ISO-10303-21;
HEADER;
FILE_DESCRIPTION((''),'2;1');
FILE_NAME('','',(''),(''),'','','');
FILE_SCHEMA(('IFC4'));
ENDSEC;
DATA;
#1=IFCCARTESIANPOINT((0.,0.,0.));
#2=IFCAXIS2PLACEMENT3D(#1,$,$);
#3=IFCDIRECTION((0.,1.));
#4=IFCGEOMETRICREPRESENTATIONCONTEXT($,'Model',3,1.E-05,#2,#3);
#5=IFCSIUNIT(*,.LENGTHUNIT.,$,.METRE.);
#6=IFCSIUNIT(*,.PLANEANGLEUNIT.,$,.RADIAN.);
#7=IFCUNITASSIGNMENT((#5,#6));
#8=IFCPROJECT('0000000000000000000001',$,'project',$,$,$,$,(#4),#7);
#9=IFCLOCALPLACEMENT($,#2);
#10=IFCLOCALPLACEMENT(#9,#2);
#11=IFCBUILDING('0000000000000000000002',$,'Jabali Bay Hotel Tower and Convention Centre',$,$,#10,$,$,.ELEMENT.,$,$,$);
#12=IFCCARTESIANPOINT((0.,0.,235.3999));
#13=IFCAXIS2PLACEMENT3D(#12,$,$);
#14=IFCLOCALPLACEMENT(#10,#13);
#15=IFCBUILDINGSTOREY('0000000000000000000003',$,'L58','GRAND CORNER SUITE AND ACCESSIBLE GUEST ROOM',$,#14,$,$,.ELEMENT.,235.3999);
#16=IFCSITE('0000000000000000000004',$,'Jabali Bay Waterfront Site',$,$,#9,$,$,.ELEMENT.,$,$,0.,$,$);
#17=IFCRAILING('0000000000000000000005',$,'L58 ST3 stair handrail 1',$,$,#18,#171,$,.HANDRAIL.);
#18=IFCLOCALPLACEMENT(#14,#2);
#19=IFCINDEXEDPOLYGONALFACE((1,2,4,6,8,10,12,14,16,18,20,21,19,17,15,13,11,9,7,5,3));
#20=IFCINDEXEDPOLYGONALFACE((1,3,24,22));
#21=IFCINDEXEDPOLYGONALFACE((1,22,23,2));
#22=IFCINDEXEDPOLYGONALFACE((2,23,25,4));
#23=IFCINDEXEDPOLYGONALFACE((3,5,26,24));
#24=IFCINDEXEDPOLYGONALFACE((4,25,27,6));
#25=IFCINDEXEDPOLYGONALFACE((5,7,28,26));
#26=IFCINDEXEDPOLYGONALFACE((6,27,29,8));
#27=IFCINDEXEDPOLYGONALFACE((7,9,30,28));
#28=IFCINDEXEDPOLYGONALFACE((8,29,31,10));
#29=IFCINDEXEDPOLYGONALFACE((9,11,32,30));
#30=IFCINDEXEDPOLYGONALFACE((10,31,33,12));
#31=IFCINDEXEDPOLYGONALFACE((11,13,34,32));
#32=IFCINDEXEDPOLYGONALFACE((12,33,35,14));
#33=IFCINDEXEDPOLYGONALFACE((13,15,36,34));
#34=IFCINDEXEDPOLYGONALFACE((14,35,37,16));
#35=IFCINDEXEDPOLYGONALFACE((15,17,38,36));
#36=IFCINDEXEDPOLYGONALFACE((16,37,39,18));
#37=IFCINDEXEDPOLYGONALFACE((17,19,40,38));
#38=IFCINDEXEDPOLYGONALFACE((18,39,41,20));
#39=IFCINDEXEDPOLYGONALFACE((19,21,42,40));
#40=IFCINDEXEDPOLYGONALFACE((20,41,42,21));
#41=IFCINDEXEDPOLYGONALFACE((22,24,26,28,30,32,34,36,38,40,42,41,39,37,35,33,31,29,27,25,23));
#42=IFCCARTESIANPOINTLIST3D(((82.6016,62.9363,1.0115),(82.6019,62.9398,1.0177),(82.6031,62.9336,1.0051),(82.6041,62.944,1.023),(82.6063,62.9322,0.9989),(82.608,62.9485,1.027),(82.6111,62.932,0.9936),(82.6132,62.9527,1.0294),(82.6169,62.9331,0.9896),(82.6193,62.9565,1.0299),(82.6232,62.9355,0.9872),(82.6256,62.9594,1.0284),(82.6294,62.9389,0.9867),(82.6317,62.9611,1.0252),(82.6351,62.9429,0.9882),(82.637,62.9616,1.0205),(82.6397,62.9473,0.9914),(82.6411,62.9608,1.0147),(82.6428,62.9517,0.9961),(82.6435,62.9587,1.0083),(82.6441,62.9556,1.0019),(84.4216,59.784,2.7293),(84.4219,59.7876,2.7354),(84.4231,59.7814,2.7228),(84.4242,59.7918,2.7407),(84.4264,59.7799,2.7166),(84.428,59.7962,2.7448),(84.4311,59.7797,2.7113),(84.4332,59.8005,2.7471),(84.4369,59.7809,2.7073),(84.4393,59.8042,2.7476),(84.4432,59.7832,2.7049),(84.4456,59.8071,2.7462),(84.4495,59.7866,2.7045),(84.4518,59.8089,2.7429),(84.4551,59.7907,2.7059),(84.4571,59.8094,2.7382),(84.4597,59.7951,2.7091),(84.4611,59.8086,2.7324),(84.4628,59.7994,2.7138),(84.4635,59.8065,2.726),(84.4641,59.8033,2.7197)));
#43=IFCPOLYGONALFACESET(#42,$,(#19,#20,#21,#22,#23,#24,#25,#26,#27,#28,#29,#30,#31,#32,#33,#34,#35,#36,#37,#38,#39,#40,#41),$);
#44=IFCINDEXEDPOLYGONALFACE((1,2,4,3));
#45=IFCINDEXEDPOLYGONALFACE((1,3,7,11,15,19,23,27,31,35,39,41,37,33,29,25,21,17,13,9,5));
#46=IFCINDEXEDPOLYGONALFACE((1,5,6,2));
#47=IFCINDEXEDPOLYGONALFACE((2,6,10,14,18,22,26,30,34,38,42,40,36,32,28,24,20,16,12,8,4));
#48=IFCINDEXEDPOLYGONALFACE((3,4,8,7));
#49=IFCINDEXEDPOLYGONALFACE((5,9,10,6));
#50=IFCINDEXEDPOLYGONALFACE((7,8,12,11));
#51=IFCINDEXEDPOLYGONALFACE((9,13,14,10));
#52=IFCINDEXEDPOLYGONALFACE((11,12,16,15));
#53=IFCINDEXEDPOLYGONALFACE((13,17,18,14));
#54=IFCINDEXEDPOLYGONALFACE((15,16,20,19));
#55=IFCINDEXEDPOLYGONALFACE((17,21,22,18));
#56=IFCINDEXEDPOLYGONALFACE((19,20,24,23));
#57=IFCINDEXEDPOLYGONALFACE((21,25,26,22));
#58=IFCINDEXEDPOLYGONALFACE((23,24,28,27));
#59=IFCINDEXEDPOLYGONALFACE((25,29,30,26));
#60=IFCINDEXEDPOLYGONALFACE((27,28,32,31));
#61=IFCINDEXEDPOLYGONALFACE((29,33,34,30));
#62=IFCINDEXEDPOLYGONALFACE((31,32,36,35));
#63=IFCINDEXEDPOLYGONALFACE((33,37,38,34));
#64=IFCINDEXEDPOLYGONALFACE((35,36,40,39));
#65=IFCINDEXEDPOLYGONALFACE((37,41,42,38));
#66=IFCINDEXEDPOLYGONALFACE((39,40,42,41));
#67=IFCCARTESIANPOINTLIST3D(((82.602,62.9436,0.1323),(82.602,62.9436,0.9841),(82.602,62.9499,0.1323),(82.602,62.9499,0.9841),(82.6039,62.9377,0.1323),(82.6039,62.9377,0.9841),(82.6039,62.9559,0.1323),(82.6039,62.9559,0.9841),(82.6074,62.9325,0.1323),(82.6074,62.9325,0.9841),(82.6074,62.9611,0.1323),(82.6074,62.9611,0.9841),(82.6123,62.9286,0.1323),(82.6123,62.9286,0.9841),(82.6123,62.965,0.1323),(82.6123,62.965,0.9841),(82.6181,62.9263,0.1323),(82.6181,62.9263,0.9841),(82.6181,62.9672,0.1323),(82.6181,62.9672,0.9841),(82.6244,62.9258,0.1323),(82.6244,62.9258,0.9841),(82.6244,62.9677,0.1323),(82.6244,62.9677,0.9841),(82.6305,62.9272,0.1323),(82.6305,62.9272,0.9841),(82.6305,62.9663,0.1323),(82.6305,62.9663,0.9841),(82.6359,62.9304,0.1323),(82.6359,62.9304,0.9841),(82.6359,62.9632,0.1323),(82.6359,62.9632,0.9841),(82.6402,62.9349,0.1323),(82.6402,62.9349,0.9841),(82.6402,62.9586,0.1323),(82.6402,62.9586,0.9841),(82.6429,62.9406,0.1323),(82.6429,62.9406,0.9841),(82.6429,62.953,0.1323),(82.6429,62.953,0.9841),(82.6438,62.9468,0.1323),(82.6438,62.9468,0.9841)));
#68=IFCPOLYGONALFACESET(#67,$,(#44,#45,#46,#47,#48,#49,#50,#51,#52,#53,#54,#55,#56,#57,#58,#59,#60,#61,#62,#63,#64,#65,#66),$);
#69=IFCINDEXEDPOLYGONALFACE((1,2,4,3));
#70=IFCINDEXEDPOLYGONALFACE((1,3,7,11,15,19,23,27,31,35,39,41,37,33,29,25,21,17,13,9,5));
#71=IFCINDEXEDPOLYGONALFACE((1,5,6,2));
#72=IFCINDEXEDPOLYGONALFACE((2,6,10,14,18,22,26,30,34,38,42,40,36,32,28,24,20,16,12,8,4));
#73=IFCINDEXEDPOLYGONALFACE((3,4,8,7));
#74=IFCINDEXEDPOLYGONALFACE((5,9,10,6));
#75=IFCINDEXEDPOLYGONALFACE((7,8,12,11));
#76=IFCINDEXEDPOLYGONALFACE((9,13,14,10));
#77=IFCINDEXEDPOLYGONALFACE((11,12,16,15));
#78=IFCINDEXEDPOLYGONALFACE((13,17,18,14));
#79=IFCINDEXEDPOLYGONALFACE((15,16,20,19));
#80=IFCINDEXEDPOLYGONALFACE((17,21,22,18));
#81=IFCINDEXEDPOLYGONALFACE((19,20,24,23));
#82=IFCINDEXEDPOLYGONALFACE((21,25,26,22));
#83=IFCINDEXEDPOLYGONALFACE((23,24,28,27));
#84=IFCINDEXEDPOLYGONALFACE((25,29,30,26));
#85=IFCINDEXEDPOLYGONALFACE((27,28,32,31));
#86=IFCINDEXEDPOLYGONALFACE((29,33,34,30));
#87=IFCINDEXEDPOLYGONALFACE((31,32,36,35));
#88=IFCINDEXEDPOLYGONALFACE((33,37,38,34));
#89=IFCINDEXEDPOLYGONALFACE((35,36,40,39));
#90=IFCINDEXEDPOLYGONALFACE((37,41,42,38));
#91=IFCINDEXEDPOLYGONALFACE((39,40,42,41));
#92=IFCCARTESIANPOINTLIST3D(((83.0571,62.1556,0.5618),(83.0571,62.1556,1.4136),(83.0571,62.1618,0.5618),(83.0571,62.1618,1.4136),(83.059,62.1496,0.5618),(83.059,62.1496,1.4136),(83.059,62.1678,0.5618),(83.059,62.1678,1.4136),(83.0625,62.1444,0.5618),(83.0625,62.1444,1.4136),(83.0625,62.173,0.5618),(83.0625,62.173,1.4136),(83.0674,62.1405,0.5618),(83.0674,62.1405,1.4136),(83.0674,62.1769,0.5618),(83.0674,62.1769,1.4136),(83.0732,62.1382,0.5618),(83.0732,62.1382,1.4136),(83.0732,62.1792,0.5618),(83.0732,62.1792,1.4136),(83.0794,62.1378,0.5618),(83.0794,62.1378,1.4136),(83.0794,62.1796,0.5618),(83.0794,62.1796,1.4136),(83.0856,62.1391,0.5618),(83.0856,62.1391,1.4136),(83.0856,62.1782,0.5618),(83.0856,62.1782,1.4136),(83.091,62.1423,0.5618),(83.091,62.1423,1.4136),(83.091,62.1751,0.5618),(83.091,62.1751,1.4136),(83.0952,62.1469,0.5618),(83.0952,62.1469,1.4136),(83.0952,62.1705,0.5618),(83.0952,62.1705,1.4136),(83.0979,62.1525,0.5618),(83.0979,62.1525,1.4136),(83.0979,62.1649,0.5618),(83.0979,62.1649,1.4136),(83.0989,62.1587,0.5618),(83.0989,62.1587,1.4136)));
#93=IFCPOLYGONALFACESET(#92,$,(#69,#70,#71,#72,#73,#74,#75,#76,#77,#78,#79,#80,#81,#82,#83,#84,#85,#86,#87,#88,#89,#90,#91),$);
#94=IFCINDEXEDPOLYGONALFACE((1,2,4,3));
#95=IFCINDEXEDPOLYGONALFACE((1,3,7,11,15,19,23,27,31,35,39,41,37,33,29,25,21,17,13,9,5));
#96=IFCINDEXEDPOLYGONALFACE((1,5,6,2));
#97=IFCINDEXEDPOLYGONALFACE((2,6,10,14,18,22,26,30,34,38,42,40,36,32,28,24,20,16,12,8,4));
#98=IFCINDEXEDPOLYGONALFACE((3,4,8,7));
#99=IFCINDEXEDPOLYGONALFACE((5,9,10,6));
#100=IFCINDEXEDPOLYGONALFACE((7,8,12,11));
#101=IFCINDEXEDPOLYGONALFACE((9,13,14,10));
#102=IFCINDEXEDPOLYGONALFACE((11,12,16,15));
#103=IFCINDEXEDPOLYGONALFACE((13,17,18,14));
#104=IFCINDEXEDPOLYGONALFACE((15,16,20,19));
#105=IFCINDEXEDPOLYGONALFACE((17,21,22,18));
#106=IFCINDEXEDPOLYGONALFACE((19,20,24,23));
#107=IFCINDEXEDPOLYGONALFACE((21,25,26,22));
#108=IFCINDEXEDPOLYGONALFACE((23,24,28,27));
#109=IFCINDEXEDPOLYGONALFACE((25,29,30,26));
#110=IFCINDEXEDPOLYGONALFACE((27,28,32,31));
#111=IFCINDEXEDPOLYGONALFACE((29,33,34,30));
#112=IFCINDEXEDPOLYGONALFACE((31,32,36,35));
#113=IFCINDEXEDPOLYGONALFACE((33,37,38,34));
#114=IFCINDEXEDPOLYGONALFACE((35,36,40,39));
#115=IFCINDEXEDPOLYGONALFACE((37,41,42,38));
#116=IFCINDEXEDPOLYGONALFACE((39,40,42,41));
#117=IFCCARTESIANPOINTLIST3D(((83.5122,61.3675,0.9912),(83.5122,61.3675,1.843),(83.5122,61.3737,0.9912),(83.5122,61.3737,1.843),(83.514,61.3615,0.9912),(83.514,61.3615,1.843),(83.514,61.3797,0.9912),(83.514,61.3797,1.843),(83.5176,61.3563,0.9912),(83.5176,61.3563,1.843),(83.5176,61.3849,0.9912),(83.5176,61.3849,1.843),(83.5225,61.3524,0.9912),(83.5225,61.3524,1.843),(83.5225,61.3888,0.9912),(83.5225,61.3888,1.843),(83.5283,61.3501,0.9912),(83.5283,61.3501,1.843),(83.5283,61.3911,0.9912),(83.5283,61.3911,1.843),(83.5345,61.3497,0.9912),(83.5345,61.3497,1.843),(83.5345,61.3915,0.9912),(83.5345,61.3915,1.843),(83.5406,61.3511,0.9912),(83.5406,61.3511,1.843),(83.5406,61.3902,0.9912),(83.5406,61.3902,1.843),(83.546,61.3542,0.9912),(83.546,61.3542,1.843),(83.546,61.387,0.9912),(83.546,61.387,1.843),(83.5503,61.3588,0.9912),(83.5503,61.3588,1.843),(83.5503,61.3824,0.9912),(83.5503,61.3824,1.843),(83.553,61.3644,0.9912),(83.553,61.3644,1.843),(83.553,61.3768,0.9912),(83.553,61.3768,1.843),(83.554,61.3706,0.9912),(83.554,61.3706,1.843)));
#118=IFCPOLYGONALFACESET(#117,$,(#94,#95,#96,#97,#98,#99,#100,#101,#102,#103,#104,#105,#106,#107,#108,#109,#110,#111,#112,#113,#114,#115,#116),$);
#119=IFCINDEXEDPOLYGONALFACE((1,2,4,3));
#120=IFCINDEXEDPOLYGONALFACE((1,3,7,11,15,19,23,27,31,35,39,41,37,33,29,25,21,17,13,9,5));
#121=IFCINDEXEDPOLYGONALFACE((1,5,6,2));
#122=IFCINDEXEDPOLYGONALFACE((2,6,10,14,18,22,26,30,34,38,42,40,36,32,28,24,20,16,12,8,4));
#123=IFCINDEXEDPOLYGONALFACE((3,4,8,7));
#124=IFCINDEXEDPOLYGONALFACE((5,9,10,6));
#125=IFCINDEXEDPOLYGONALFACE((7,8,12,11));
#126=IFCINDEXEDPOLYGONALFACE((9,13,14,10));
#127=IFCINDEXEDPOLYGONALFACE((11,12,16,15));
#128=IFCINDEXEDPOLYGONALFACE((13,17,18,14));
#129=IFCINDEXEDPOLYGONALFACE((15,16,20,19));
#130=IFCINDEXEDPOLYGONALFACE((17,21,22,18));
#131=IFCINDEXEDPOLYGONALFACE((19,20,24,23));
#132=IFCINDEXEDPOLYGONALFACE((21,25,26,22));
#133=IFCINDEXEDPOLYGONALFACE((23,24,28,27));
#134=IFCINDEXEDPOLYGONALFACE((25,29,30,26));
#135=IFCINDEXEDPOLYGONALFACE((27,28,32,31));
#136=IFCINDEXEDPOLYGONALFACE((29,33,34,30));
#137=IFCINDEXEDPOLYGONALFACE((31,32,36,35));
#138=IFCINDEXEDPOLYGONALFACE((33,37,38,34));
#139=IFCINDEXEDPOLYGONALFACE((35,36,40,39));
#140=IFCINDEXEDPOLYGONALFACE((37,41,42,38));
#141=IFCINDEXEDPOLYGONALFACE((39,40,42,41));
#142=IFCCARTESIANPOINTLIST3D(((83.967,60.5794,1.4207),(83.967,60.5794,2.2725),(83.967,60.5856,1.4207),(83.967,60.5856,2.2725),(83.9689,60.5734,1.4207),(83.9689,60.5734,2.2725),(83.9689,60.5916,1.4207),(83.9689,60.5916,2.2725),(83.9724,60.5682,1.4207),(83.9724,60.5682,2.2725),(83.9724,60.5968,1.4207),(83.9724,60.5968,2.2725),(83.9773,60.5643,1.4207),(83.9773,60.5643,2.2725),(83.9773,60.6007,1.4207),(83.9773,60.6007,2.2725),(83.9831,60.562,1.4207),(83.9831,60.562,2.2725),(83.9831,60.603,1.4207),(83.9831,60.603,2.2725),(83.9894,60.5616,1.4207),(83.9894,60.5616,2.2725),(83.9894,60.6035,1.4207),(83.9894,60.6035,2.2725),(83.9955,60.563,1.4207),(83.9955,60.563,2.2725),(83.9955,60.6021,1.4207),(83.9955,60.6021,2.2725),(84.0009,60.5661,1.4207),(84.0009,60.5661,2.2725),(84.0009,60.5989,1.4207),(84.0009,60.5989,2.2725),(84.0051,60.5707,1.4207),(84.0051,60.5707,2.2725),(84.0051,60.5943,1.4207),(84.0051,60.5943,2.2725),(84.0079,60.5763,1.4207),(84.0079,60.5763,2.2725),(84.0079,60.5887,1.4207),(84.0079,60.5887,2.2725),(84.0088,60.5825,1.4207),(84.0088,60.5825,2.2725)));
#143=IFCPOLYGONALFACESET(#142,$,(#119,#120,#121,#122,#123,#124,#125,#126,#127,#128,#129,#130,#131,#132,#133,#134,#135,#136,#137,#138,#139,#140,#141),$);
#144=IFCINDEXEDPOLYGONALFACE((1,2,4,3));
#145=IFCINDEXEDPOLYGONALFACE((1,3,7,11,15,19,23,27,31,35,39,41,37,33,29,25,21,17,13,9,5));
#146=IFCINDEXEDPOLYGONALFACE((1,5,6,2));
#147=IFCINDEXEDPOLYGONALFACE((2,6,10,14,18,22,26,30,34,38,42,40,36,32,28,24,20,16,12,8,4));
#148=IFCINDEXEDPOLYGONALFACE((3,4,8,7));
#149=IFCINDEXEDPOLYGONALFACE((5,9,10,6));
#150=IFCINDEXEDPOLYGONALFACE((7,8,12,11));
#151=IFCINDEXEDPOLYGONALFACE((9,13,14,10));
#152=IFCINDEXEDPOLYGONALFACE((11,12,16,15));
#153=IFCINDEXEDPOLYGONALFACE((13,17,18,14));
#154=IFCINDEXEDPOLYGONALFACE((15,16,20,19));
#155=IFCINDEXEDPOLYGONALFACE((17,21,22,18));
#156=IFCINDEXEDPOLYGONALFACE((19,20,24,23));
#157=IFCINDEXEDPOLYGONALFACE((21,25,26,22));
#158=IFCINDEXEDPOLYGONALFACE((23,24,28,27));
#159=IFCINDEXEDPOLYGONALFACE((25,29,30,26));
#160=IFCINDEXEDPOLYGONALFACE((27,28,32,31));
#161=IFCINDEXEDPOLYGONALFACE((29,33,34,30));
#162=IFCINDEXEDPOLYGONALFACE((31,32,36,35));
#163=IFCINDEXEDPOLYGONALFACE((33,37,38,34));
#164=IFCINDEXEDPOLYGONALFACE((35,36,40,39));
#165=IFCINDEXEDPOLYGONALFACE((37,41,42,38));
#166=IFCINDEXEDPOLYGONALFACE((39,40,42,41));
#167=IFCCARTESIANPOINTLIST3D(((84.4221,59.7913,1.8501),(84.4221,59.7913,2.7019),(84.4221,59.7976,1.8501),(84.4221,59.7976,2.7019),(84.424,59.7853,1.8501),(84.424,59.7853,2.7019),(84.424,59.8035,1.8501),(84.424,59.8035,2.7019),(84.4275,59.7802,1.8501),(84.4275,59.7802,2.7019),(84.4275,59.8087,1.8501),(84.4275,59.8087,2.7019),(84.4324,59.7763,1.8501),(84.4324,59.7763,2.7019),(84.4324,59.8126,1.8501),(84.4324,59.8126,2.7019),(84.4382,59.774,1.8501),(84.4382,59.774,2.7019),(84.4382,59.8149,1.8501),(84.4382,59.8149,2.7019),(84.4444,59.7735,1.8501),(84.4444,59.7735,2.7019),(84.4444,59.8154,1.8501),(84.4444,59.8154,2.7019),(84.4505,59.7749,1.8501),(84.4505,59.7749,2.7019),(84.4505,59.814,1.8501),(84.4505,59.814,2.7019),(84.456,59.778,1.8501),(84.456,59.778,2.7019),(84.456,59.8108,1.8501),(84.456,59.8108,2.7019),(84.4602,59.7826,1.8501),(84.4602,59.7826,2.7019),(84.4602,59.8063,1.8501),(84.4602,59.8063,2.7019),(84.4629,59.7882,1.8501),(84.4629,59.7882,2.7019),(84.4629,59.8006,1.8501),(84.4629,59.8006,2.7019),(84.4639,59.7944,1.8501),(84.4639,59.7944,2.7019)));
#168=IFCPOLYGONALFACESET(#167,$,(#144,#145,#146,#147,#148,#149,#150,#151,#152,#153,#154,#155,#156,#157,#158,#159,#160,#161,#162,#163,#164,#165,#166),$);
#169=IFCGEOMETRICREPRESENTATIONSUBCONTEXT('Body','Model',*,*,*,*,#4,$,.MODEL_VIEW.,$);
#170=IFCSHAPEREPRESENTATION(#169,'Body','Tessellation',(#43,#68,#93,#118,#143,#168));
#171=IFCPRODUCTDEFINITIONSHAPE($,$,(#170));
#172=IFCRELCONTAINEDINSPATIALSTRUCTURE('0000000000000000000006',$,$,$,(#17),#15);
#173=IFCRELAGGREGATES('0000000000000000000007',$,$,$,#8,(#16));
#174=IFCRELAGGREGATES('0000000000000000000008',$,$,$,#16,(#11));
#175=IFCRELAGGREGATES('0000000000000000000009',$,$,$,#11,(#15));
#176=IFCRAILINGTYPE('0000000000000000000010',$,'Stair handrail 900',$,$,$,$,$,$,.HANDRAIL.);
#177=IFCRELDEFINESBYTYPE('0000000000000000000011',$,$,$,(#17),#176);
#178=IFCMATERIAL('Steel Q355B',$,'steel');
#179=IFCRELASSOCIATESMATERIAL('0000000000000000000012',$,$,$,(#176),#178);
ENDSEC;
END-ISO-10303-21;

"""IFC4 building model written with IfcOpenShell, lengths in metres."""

from ifc_helpers import new_model, si_unit, direction, frame, origin, origin_2d, place, context, subcontext, project, spatial, circle, extrude, material, type_object, element, save


model = new_model("IFC4")

# Units and contexts
model_context = context("Model", 3, precision=1e-05, world=origin(), true_north=direction((0.0, 1.0)))
body_context = subcontext(model_context, "Body", "Model", "MODEL_VIEW")
ifc_project = project(units=[si_unit("LENGTHUNIT", "METRE"), si_unit("PLANEANGLEUNIT", "RADIAN")], contexts=[model_context])

# Site, building, storey
site_placement = place(None, origin())
site = spatial("IfcSite", under=ifc_project, at=site_placement, Name="Jabali Bay Waterfront Site", CompositionType="ELEMENT", RefElevation=0.0)
building_placement = place(site_placement, origin())
building = spatial("IfcBuilding", under=site, at=building_placement, Name="Jabali Bay Hotel Tower and Convention Centre", CompositionType="ELEMENT")
storey_placement = place(building_placement, frame((0.0, 0.0, 235.3999)))
storey = spatial("IfcBuildingStorey", under=building, at=storey_placement, Name="L58", Description="GRAND CORNER SUITE AND ACCESSIBLE GUEST ROOM", CompositionType="ELEMENT", Elevation=235.3999)

# Railing
ifc_material_1 = material(Name="Steel Q355B", Category="steel")
railing_type_1 = type_object("IfcRailingType", Name="Stair handrail 900", PredefinedType="HANDRAIL", material=ifc_material_1)
railing_1_placement = place(storey_placement, frame((82.6228, 62.9468, 0.1323)))
element("IfcRailing", 1, at=railing_1_placement, inside=storey, type_object=railing_type_1, Name="L58 ST3 stair handrail 1", PredefinedType="HANDRAIL", context=body_context, shape_type="SweptSolid", body=[
    extrude(circle(Radius=0.0239, at=origin_2d()), frame((0.0, 0.0, 0.876), z_axis=(0.45219, -0.78319, 0.426775), x_axis=(0.866018, 0.500013, 0.0)), (0.0, 0.0, 1.0), 4.0249),
    extrude(circle(Radius=0.021, at=origin_2d()), origin(), (0.0, 0.0, 1.0), 0.8518),
    extrude(circle(Radius=0.021, at=origin_2d()), frame((0.4551, -0.7881, 0.4294)), (0.0, 0.0, 1.0), 0.8518),
    extrude(circle(Radius=0.021, at=origin_2d()), frame((0.9102, -1.5762, 0.8589)), (0.0, 0.0, 1.0), 0.8518),
    extrude(circle(Radius=0.021, at=origin_2d()), frame((1.365, -2.3643, 1.2883)), (0.0, 0.0, 1.0), 0.8518),
    extrude(circle(Radius=0.021, at=origin_2d()), frame((1.8201, -3.1523, 1.7178)), (0.0, 0.0, 1.0), 0.8518),
])

save(model, "model.ifc")
